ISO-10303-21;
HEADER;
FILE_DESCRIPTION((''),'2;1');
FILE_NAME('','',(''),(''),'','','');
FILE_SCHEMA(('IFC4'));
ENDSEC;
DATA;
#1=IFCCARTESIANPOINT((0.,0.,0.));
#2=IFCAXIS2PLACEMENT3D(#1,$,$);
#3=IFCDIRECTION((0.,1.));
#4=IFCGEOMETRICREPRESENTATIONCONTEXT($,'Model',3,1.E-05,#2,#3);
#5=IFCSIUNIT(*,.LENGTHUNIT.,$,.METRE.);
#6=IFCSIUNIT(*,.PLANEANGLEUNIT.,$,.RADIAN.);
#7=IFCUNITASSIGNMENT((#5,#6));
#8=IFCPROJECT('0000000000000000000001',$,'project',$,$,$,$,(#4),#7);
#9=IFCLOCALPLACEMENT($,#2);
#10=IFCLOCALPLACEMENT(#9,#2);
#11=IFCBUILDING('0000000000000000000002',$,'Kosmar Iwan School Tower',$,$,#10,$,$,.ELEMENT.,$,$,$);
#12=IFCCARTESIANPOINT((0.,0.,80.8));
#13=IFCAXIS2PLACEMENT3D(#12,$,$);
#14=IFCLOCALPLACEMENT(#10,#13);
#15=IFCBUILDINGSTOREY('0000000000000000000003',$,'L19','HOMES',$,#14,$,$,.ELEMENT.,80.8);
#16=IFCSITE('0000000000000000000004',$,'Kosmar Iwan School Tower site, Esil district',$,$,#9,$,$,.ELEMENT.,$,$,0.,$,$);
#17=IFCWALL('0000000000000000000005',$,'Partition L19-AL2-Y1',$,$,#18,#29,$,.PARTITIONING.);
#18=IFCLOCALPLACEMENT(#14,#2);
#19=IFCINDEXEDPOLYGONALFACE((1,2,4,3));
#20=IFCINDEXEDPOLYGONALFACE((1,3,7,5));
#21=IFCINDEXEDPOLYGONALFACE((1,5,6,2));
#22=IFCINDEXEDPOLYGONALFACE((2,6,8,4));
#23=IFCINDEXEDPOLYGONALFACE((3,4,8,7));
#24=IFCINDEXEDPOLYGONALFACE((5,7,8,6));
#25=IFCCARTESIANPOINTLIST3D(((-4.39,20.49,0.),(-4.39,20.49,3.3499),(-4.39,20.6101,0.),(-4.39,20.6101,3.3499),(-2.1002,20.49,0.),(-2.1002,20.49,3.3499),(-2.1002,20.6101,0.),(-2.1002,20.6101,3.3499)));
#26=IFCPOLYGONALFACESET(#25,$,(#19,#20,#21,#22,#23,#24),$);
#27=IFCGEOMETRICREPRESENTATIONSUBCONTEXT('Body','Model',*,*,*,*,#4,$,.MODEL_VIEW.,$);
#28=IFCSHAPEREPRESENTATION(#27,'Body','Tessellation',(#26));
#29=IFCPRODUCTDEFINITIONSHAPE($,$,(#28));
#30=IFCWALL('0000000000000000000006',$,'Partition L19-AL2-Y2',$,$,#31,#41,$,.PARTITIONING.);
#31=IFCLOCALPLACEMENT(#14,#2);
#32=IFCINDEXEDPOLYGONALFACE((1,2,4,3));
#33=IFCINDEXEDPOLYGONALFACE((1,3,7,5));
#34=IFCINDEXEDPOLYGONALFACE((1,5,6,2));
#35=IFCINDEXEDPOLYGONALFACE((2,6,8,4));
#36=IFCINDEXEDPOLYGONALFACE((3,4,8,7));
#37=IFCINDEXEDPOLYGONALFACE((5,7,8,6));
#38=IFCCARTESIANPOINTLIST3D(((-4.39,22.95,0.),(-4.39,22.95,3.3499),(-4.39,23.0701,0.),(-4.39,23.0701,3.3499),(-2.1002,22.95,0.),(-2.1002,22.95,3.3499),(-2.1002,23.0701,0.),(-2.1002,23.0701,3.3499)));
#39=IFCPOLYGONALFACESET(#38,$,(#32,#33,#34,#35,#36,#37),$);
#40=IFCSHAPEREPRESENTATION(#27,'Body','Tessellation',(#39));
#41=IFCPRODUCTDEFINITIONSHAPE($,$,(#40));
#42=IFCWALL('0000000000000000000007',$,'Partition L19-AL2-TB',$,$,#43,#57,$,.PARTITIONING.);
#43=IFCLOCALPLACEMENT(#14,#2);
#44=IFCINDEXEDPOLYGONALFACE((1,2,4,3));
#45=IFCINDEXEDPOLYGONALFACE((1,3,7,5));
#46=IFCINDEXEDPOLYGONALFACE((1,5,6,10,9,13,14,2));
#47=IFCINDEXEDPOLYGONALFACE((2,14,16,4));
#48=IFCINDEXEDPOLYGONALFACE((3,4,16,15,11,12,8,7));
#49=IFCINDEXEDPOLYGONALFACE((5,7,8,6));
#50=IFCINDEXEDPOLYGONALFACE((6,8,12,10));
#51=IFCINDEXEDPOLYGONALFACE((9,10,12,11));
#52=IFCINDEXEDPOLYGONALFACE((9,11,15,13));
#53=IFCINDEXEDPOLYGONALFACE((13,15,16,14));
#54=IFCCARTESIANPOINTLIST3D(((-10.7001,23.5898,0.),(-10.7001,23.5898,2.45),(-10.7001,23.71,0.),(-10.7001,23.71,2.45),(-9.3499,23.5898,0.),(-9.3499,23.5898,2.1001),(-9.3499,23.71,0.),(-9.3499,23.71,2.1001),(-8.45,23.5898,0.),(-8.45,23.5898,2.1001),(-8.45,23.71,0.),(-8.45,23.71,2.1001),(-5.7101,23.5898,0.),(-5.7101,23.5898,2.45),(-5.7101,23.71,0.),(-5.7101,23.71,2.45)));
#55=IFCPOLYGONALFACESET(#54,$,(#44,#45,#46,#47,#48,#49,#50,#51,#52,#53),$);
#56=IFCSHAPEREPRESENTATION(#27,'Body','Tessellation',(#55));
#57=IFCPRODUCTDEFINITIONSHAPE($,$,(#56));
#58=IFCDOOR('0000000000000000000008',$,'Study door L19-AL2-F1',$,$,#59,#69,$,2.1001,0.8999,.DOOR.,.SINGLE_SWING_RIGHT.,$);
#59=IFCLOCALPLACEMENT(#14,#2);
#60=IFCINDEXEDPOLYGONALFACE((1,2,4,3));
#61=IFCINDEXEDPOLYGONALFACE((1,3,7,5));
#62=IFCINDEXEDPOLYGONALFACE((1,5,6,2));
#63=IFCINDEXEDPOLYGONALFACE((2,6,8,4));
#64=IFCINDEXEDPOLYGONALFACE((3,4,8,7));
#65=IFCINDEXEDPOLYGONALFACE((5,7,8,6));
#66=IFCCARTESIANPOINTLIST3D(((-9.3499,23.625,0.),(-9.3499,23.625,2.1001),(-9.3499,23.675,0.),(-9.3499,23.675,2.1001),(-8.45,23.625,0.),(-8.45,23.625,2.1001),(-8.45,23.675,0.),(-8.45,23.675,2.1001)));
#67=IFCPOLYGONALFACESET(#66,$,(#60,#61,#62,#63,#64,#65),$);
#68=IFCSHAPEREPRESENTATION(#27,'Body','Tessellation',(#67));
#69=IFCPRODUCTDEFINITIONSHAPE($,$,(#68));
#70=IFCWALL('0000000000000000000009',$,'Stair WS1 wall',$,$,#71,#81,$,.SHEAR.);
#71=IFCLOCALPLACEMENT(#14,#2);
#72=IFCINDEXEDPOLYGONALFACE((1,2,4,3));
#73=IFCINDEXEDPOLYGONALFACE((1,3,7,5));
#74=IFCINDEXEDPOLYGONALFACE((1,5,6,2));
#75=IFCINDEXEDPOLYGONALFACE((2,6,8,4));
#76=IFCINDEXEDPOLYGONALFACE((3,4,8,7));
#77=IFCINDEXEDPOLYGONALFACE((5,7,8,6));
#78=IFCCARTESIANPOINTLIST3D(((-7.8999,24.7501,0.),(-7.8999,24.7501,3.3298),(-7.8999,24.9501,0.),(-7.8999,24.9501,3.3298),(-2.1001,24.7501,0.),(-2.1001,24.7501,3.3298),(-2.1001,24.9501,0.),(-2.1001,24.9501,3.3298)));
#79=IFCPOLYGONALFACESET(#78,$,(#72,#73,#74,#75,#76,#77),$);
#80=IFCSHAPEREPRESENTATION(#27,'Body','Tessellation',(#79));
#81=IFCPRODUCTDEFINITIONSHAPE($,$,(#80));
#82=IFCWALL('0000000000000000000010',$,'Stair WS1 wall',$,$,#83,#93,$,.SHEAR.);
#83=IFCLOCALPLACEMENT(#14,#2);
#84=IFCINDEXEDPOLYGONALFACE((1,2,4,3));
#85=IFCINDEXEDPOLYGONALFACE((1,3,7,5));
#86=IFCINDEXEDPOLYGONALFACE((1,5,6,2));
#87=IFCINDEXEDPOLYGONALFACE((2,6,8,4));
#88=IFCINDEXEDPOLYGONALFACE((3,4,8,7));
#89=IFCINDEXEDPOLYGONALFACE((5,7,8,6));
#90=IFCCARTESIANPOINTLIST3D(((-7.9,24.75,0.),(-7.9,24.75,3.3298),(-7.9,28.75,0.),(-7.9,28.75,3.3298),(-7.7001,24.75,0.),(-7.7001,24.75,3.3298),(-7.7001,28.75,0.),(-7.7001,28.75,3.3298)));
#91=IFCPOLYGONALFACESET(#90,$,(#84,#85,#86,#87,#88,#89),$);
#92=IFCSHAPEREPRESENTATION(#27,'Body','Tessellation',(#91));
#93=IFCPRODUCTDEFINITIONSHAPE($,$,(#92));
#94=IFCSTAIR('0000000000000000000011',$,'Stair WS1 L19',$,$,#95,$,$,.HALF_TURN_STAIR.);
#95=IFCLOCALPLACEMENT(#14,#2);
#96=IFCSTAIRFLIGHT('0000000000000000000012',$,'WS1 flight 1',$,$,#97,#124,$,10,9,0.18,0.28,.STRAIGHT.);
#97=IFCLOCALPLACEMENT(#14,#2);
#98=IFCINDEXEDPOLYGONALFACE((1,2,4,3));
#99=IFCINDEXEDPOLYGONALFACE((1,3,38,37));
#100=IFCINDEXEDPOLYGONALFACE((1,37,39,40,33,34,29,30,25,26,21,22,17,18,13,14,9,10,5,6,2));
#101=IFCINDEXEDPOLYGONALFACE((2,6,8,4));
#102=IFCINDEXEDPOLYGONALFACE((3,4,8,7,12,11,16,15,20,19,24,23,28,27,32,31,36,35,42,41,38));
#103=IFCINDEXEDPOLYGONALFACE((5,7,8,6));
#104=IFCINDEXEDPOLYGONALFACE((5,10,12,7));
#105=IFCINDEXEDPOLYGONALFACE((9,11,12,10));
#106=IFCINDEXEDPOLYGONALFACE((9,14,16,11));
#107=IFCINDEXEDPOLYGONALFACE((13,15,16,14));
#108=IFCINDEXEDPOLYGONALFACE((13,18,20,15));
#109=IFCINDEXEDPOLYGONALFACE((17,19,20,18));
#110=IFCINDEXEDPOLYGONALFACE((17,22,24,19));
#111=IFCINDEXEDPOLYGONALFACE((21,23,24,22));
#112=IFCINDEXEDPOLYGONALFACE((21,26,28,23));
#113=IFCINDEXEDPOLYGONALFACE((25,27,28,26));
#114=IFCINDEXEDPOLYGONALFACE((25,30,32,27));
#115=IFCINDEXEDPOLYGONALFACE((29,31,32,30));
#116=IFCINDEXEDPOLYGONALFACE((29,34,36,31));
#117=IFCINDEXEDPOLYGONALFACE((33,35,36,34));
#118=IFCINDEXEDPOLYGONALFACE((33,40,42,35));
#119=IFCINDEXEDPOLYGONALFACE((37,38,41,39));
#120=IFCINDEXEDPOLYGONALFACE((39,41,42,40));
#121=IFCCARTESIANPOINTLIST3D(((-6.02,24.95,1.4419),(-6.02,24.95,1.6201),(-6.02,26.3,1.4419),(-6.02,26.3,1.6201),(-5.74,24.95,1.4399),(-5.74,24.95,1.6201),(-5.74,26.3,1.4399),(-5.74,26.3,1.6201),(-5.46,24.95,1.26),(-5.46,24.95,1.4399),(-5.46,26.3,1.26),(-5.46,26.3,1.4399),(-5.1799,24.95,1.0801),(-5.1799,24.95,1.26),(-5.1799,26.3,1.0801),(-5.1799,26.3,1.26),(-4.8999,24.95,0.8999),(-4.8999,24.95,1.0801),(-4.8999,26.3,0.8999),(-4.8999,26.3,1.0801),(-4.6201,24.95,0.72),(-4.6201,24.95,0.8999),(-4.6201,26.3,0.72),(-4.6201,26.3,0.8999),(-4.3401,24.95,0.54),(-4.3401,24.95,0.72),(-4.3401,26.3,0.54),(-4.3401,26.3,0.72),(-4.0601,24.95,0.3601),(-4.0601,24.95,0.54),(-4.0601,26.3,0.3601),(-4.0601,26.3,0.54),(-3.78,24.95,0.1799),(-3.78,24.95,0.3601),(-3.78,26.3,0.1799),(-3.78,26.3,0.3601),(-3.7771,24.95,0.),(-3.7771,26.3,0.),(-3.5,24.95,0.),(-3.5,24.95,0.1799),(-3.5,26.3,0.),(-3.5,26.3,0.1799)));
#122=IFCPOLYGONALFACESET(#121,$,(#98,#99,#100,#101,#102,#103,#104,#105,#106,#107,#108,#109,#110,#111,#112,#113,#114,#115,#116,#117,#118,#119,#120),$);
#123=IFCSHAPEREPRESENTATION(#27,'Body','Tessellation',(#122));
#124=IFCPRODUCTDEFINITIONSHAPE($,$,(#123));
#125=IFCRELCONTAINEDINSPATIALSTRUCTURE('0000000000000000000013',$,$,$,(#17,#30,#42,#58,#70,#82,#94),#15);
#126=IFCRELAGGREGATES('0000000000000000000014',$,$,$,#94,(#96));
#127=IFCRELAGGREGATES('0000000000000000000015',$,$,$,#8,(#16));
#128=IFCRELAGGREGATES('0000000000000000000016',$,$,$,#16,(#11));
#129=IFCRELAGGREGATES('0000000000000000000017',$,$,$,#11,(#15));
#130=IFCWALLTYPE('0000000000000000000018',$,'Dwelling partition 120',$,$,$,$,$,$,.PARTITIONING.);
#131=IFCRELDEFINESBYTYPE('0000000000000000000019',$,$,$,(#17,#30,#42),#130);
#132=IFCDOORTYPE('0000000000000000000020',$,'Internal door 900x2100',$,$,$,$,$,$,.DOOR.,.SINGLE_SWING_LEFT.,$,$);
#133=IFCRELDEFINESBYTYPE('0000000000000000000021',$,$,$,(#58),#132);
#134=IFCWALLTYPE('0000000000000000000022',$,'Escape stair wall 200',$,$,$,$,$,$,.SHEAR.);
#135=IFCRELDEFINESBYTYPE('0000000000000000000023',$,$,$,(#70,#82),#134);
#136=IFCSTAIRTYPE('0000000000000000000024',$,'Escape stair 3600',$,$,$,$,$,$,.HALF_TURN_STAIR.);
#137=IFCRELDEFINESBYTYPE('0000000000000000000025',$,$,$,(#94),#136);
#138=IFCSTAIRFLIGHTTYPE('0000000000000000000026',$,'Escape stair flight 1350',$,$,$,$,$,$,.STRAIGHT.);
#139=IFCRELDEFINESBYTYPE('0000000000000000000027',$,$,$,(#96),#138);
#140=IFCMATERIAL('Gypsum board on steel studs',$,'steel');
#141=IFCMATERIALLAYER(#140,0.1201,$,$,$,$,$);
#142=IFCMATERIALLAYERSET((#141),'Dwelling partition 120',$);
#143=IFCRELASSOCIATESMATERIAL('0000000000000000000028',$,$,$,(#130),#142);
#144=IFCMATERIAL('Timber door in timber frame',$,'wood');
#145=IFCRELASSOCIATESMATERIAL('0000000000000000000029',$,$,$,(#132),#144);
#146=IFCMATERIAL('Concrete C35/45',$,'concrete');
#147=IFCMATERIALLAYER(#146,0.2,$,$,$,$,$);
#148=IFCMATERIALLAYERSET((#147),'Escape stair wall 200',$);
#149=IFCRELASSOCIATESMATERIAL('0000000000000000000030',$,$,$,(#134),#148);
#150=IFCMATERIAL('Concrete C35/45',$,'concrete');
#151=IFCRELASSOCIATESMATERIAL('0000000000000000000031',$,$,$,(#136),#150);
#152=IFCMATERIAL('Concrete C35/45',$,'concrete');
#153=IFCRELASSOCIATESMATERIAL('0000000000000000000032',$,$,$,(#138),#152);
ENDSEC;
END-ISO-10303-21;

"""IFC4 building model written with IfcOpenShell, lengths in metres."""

from ifc_helpers import new_model, si_unit, direction, frame, frame_2d, origin, place, context, subcontext, project, spatial, polyline, rectangle, outline, extrude, material, layer, layer_set, type_object, element, fill, aggregate, save


model = new_model("IFC4")

# Units and contexts
model_context = context("Model", 3, precision=1e-05, world=origin(), true_north=direction((0.0, 1.0)))
body_context = subcontext(model_context, "Body", "Model", "MODEL_VIEW")
ifc_project = project(units=[si_unit("LENGTHUNIT", "METRE"), si_unit("PLANEANGLEUNIT", "RADIAN")], contexts=[model_context])

# Site, building, storey
site_placement = place(None, origin())
site = spatial("IfcSite", under=ifc_project, at=site_placement, Name="Kosmar Iwan School Tower site, Esil district", CompositionType="ELEMENT", RefElevation=0.0)
building_placement = place(site_placement, origin())
building = spatial("IfcBuilding", under=site, at=building_placement, Name="Kosmar Iwan School Tower", CompositionType="ELEMENT")
storey_placement = place(building_placement, frame((0.0, 0.0, 80.8)))
storey = spatial("IfcBuildingStorey", under=building, at=storey_placement, Name="L19", Description="HOMES", CompositionType="ELEMENT", Elevation=80.8)

# Shared definitions
ifc_material_1 = material(Name="Gypsum board on steel studs", Category="steel")
ifc_layer_1 = layer(ifc_material_1, 0.1201)
ifc_layer_set_1 = layer_set([ifc_layer_1], Name="Dwelling partition 120")
wall_type_1 = type_object("IfcWallType", Name="Dwelling partition 120", PredefinedType="PARTITIONING", material=ifc_layer_set_1)
ifc_material_2 = material(Name="Timber door in timber frame", Category="wood")
door_type_1 = type_object("IfcDoorType", Name="Internal door 900x2100", OperationType="SINGLE_SWING_LEFT", PredefinedType="DOOR", material=ifc_material_2)

# Walls
for number, where, z_axis, x_axis, name in (
    (1, (-2.1001, 20.55, 0.0), (0.0, 0.0, 1.0), (-1.0, 0.0, 0.0), "Partition L19-AL2-Y1"),
    (2, (-2.1001, 23.01, 0.0), (0.0, 0.0, 1.0), (-1.0, 0.0, 0.0), "Partition L19-AL2-Y2"),
):
    element("IfcWall", number, at=place(storey_placement, frame(where, z_axis=z_axis, x_axis=x_axis)), inside=storey, type_object=wall_type_1, Name=name, PredefinedType="PARTITIONING", context=body_context, shape_type="SweptSolid", body=[
        extrude(rectangle(XDim=2.2898, YDim=0.1201, at=frame_2d((1.145, 0.0))), origin(), (0.0, 0.0, 1.0), 3.3499),
    ])

# Wall, opening, door
wall_1_placement = place(storey_placement, frame((-5.71, 23.6499, 0.0), z_axis=(0.0, 0.0, 1.0), x_axis=(-1.0, 0.0, 0.0)))
wall_1 = element("IfcWall", 3, at=wall_1_placement, inside=storey, type_object=wall_type_1, Name="Partition L19-AL2-TB", PredefinedType="PARTITIONING", context=body_context, shape_type="SweptSolid", body=[
    extrude(rectangle(XDim=4.99, YDim=0.1201, at=frame_2d((2.4951, 0.0))), origin(), (0.0, 0.0, 1.0), 2.45),
])
opening_1_placement = place(wall_1_placement, frame((2.74, 0.0, 0.0)))
opening_1 = element("IfcOpeningElement", 4, at=opening_1_placement, cuts=wall_1, PredefinedType="OPENING", context=body_context, shape_type="SweptSolid", body=[
    extrude(rectangle(XDim=0.8999, YDim=2.1001, at=frame_2d((0.45, 1.05))), frame((0.0, 0.072, 0.0), z_axis=(0.0, -1.0, 0.0), x_axis=(1.0, 0.0, 0.0)), (0.0, 0.0, 1.0), 0.144),
])
door_1_placement = place(opening_1_placement, origin())
door_1 = element("IfcDoor", 5, at=door_1_placement, inside=storey, type_object=door_type_1, Name="Study door L19-AL2-F1", OperationType="SINGLE_SWING_RIGHT", OverallHeight=2.1001, OverallWidth=0.8999, PredefinedType="DOOR", context=body_context, shape_type="SweptSolid", body=[
    extrude(rectangle(XDim=0.8999, YDim=2.1001, at=frame_2d((0.45, 1.05))), frame((0.0, 0.0249, 0.0), z_axis=(0.0, -1.0, 0.0), x_axis=(1.0, 0.0, 0.0)), (0.0, 0.0, 1.0), 0.05),
])
fill(opening_1, door_1)

# Walls
ifc_material_3 = material(Name="Concrete C35/45", Category="concrete")
ifc_layer_2 = layer(ifc_material_3, 0.2)
ifc_layer_set_2 = layer_set([ifc_layer_2], Name="Escape stair wall 200")
wall_type_2 = type_object("IfcWallType", Name="Escape stair wall 200", PredefinedType="SHEAR", material=ifc_layer_set_2)
wall_2_placement = place(storey_placement, frame((-2.1001, 24.8501, 0.0), z_axis=(0.0, 0.0, 1.0), x_axis=(-1.0, 0.0, 0.0)))
element("IfcWall", 6, at=wall_2_placement, inside=storey, type_object=wall_type_2, Name="Stair WS1 wall", PredefinedType="SHEAR", context=body_context, shape_type="SweptSolid", body=[
    extrude(rectangle(XDim=5.7998, YDim=0.2, at=frame_2d((2.8999, 0.0))), origin(), (0.0, 0.0, 1.0), 3.3298),
])
wall_3_placement = place(storey_placement, frame((-7.8, 24.75, 0.0), z_axis=(0.0, 0.0, 1.0), x_axis=(0.0, 1.0, 0.0)))
element("IfcWall", 7, at=wall_3_placement, inside=storey, type_object=wall_type_2, Name="Stair WS1 wall", PredefinedType="SHEAR", context=body_context, shape_type="SweptSolid", body=[
    extrude(rectangle(XDim=4.0, YDim=0.2, at=frame_2d((2.0, 0.0))), origin(), (0.0, 0.0, 1.0), 3.3298),
])

# Stair, stair flight
ifc_material_4 = material(Name="Concrete C35/45", Category="concrete")
stair_type = type_object("IfcStairType", Name="Escape stair 3600", PredefinedType="HALF_TURN_STAIR", material=ifc_material_4)
stair_placement = place(storey_placement, origin())
stair = element("IfcStair", 8, at=stair_placement, inside=storey, type_object=stair_type, Name="Stair WS1 L19", PredefinedType="HALF_TURN_STAIR")
ifc_material_5 = material(Name="Concrete C35/45", Category="concrete")
stair_flight_type = type_object("IfcStairFlightType", Name="Escape stair flight 1350", PredefinedType="STRAIGHT", material=ifc_material_5)
stair_flight_placement = place(storey_placement, frame((-3.5, 25.625, 0.0), z_axis=(0.0, 0.0, 1.0), x_axis=(-1.0, 0.0, 0.0)))
stair_flight = element("IfcStairFlight", 9, at=stair_flight_placement, type_object=stair_flight_type, Name="WS1 flight 1", NumberOfRisers=10, NumberOfTreads=9, PredefinedType="STRAIGHT", RiserHeight=0.18, TreadLength=0.28, context=body_context, shape_type="SweptSolid", body=[
    extrude(outline(polyline([(0.0, 0.0), (0.0, 0.1799), (0.28, 0.1799), (0.28, 0.3601), (0.5601, 0.3601), (0.5601, 0.54), (0.8401, 0.54), (0.8401, 0.72), (1.1201, 0.72), (1.1201, 0.8999), (1.3999, 0.8999), (1.3999, 1.0801), (1.6799, 1.0801), (1.6799, 1.26), (1.96, 1.26), (1.96, 1.4399), (2.24, 1.4399), (2.24, 1.6201), (2.52, 1.6201), (2.52, 1.8), (2.52, 1.4419), (0.2771, 0.0), (0.0, 0.0)])), frame((0.0, 0.675, 0.0), z_axis=(0.0, -1.0, 0.0), x_axis=(1.0, 0.0, 0.0)), (0.0, 0.0, 1.0), 1.3501),
])
aggregate(stair, [stair_flight])

save(model, "model.ifc")
